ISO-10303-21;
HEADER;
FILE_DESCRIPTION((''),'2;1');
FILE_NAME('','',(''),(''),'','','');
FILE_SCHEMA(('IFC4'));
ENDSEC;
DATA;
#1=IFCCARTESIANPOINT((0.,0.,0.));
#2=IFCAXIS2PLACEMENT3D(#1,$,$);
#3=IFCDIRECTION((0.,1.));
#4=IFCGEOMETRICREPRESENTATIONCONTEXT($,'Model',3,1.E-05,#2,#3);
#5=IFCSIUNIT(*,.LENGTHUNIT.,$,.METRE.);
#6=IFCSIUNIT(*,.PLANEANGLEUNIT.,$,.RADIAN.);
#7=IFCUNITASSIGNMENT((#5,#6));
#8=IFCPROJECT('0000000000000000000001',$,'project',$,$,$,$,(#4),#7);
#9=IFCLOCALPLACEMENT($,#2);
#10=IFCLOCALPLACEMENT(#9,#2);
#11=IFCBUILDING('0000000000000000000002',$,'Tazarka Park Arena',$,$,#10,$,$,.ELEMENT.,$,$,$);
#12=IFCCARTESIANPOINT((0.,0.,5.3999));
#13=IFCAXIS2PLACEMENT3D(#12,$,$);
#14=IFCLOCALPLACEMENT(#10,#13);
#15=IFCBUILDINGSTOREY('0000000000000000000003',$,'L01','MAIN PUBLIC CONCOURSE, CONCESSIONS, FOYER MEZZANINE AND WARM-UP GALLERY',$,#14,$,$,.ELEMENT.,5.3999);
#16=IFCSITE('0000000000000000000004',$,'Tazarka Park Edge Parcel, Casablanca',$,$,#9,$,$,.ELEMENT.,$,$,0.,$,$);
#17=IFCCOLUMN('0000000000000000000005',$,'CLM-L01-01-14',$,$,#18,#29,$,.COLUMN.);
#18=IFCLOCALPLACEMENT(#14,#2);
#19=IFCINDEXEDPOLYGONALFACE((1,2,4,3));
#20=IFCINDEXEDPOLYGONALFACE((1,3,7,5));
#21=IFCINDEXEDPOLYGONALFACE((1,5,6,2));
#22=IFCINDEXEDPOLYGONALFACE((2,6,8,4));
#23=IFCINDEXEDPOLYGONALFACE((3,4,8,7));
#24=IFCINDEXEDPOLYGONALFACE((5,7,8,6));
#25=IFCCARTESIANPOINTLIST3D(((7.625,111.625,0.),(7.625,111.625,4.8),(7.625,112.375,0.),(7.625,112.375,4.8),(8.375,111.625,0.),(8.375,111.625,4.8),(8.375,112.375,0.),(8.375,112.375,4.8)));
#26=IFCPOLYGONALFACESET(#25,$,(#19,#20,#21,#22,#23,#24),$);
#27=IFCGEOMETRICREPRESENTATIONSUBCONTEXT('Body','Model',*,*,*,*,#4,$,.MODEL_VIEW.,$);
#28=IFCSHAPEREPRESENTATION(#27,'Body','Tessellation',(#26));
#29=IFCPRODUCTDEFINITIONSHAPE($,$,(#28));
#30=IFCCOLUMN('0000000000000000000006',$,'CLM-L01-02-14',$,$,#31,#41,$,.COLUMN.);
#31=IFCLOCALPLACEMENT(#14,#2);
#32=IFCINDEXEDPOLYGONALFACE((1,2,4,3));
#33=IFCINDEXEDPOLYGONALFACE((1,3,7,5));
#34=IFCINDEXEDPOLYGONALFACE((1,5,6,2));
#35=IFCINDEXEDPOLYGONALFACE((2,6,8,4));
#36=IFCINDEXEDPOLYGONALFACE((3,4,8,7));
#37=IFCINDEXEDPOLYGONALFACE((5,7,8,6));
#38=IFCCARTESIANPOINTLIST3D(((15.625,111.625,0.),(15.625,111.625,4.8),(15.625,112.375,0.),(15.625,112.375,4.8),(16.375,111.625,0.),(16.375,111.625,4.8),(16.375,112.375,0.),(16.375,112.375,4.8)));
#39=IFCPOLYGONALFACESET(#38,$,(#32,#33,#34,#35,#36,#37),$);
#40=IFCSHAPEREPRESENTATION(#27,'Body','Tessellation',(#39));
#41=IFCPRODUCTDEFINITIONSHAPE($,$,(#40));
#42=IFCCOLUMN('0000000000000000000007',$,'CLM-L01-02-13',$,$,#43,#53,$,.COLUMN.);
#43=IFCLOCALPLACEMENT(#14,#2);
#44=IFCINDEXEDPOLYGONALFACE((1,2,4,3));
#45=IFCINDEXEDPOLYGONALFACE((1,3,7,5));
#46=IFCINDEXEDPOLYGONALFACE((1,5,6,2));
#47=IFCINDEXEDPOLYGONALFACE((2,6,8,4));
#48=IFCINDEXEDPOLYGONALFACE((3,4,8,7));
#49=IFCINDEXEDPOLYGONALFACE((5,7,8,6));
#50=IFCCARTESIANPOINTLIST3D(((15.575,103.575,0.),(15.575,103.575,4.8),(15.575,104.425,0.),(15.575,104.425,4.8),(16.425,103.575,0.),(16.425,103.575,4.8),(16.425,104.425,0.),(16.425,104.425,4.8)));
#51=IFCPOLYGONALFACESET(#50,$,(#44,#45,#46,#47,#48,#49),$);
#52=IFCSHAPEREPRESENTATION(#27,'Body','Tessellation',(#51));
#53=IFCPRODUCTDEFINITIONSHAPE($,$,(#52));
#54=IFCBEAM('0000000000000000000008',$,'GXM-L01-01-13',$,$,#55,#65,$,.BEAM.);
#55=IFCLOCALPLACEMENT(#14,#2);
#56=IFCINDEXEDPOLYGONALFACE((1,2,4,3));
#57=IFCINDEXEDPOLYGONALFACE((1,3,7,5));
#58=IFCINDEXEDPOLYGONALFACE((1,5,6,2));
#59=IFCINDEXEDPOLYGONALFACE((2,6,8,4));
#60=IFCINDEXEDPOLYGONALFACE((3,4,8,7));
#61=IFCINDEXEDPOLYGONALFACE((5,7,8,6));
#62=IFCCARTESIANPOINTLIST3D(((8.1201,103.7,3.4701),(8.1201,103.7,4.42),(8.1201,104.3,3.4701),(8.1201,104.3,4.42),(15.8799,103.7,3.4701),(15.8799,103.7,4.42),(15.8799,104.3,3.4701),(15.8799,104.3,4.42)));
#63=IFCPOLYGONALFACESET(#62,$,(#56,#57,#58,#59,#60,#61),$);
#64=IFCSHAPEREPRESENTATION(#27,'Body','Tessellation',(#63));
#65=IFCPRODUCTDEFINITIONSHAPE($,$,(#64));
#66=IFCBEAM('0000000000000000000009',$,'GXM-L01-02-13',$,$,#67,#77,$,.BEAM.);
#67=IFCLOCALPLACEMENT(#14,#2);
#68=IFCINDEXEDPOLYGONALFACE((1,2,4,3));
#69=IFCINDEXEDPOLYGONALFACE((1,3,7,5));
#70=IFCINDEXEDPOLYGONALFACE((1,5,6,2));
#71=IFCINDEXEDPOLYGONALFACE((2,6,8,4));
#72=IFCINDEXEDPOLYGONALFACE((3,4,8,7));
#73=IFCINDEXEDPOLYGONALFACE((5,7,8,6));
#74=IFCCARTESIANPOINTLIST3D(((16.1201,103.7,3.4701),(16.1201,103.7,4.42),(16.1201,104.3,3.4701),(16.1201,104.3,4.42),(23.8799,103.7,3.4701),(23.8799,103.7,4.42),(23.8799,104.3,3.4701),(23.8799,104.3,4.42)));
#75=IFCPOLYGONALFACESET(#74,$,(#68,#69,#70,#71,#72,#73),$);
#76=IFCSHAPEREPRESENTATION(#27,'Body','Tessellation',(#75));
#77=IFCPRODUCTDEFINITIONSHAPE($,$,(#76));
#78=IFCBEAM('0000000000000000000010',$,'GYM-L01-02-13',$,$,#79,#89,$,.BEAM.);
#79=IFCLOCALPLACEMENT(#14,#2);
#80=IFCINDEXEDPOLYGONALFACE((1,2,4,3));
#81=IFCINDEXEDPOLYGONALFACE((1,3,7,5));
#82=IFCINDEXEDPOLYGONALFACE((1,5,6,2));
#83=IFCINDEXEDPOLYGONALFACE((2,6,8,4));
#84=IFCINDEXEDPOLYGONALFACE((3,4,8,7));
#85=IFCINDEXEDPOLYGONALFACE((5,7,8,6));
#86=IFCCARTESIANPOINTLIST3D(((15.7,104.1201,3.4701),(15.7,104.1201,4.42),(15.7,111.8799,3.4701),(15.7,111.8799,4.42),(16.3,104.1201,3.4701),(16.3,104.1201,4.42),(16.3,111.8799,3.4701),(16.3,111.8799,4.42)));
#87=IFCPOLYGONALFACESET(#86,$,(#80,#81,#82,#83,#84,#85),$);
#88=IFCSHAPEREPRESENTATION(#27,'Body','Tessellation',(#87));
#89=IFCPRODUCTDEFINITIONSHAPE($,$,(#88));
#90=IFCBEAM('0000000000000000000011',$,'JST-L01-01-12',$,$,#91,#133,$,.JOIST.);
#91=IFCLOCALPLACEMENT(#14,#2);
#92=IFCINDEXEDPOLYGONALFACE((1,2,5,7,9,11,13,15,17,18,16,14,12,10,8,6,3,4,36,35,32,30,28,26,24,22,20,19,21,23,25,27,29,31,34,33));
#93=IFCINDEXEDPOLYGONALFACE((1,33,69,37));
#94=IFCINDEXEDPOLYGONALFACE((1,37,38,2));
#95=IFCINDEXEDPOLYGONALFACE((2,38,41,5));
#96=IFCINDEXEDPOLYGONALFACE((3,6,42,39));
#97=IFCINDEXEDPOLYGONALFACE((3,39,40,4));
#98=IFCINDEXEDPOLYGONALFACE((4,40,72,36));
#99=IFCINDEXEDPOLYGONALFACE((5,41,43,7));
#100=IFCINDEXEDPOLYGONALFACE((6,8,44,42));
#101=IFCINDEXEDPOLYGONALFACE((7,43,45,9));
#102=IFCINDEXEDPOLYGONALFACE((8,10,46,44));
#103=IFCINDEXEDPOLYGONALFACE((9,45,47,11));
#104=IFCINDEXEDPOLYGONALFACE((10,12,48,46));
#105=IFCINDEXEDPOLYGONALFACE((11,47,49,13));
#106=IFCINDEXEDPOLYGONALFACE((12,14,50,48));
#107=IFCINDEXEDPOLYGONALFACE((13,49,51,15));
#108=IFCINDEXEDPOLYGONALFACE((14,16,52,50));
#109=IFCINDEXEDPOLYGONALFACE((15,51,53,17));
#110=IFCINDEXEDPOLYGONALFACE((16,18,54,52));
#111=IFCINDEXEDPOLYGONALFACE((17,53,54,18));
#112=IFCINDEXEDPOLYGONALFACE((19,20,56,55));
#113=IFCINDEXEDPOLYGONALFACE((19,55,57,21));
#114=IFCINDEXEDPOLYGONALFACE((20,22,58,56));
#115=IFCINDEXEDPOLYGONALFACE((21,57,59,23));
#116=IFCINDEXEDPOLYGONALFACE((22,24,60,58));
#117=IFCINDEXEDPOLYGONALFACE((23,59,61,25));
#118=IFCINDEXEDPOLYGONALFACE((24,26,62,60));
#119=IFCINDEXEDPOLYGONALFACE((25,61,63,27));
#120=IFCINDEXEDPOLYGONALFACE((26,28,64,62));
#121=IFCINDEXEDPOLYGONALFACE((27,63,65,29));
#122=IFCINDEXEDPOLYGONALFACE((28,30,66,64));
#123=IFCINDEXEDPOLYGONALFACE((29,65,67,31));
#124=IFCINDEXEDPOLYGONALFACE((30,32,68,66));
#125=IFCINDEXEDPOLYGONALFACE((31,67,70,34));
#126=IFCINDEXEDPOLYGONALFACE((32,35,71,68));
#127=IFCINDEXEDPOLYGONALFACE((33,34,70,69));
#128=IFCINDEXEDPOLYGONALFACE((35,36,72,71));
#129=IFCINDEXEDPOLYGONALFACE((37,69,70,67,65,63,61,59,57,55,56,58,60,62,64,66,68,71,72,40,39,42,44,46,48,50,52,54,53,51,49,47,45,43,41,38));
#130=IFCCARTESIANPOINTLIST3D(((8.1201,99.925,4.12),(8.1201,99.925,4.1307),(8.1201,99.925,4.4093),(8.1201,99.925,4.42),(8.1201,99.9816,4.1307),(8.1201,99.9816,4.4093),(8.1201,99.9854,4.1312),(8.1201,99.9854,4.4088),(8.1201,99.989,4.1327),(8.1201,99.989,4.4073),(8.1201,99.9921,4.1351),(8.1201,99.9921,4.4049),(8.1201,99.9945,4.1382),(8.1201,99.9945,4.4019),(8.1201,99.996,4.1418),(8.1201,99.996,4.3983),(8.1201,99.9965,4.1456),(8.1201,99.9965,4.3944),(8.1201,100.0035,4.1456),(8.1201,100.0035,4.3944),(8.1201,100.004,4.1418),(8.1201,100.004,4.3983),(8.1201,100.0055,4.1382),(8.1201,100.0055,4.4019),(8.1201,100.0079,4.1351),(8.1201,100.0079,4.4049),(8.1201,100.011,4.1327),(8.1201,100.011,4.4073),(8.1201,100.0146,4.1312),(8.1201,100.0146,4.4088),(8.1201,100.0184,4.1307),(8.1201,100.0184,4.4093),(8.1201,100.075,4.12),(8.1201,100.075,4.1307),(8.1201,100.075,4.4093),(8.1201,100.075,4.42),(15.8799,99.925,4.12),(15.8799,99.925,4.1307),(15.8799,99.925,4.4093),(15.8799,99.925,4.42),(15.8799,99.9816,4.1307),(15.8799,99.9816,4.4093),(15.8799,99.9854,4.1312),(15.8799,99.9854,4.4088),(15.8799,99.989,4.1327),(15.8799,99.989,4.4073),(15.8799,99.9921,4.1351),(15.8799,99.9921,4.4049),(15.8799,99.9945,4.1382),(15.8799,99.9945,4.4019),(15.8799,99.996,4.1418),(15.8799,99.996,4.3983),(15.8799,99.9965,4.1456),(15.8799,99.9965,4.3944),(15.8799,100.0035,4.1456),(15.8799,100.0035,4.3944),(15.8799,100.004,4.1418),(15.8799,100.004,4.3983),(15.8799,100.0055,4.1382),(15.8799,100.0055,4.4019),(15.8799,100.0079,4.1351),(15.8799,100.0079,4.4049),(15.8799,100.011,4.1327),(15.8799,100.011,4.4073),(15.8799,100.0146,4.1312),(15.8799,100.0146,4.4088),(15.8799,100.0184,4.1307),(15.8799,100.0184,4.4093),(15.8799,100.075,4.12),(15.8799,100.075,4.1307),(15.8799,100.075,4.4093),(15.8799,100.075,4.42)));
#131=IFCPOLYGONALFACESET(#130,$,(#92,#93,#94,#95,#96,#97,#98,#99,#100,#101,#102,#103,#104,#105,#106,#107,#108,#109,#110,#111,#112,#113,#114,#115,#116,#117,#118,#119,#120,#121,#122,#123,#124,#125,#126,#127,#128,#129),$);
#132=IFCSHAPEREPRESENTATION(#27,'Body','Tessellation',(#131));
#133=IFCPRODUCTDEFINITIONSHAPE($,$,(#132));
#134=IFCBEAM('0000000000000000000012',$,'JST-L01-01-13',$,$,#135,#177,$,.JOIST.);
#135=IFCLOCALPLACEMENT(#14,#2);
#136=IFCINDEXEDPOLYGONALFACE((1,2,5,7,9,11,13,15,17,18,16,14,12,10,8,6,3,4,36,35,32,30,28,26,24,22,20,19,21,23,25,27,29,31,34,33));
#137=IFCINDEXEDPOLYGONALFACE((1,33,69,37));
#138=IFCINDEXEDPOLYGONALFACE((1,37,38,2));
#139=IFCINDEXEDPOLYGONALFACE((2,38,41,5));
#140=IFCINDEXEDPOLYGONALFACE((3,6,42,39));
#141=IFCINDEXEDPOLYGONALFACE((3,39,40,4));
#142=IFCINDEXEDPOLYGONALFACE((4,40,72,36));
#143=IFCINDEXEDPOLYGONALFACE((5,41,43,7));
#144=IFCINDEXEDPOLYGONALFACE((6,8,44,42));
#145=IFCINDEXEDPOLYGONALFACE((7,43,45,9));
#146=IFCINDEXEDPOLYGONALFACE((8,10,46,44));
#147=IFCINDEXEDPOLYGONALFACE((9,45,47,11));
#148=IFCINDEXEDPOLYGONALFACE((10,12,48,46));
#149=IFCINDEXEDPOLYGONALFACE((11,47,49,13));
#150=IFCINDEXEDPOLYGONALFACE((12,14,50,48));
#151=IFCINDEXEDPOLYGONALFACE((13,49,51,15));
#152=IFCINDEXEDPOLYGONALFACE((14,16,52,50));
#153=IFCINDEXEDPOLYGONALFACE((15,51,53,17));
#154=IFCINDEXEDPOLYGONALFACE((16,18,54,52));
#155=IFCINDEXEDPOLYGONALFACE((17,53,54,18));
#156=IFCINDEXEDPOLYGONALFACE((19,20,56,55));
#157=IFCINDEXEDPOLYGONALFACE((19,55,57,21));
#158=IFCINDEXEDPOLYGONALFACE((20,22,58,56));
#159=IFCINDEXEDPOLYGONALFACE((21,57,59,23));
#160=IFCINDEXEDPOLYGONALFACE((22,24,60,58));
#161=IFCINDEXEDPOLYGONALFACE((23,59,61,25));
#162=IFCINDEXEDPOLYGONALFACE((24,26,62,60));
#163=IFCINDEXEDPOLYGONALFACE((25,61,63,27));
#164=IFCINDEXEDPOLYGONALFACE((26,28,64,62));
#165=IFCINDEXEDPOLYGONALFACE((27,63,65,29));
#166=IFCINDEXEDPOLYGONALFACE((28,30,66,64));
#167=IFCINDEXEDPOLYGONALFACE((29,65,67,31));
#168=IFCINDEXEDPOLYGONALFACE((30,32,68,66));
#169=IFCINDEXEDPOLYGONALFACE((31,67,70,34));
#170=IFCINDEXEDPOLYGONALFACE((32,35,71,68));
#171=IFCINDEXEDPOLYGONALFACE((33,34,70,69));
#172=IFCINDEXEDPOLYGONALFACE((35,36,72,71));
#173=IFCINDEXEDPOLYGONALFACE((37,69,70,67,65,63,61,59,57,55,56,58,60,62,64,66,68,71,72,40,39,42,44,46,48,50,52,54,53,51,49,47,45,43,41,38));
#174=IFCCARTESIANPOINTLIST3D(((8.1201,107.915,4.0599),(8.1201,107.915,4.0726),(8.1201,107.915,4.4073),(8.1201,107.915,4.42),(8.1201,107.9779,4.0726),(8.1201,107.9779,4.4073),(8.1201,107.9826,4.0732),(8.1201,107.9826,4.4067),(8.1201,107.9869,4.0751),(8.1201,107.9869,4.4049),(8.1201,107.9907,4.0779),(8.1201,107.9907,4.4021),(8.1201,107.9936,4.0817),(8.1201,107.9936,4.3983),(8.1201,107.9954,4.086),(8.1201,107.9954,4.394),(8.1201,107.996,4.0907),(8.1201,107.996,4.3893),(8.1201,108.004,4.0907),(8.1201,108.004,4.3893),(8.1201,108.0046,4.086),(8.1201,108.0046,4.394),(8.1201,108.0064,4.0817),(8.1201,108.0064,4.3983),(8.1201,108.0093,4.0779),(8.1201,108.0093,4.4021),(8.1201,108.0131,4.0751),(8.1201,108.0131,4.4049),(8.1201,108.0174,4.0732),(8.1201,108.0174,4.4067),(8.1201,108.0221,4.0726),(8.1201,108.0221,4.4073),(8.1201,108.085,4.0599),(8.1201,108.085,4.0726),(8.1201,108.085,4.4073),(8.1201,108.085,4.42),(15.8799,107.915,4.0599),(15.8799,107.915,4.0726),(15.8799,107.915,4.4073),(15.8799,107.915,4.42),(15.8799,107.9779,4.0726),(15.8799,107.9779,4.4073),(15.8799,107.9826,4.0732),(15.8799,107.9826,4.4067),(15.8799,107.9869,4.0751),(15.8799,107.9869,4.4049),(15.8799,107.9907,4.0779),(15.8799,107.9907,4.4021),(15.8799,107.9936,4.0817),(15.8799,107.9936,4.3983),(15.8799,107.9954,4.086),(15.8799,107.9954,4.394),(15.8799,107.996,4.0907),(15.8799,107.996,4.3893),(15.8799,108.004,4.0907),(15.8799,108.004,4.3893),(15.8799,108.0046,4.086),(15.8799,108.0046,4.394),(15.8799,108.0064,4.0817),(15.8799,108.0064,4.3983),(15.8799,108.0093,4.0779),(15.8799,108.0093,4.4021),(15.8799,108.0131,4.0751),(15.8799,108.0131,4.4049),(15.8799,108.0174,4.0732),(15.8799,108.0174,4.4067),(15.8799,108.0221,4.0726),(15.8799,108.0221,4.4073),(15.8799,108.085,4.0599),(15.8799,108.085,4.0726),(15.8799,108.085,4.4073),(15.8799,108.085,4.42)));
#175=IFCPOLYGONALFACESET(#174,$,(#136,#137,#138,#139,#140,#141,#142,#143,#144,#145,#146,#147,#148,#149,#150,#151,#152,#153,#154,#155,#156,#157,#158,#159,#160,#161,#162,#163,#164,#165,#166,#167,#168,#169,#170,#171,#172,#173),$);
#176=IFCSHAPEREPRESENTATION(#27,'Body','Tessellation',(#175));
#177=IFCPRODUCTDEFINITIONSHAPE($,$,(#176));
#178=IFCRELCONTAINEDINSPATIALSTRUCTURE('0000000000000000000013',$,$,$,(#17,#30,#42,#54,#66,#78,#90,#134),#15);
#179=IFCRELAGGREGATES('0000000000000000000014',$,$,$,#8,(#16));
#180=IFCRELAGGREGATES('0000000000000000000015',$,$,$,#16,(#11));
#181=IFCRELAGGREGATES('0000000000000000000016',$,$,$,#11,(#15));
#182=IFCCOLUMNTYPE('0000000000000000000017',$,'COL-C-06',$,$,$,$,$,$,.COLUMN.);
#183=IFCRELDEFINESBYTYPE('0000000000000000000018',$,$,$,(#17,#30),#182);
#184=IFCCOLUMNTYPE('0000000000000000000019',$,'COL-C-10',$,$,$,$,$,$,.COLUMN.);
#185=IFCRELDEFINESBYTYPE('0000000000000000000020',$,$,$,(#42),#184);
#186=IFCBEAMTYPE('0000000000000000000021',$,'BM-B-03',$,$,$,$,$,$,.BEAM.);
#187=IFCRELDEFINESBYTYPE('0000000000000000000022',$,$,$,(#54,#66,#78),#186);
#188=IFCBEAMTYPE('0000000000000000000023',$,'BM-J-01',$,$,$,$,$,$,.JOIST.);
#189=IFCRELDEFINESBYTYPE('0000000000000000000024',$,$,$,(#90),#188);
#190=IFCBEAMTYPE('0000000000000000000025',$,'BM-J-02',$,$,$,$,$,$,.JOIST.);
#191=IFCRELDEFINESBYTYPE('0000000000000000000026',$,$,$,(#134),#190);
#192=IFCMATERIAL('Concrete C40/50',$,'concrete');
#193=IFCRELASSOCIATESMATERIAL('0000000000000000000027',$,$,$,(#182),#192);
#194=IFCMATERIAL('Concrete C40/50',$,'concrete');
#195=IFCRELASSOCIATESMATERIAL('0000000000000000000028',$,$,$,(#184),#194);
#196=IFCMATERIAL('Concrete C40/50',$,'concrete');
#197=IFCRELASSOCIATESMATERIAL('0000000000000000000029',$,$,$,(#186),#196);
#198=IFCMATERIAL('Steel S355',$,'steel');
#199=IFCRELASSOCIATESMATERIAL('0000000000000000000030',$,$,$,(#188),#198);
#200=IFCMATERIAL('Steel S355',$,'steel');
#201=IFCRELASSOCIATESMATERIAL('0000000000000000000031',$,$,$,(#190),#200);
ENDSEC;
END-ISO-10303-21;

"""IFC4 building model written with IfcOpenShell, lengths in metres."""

from ifc_helpers import new_model, si_unit, direction, frame, origin, origin_2d, place, context, subcontext, project, spatial, rectangle, i_section, extrude, material, material_profile, profile_set, type_object, element, save


model = new_model("IFC4")

# Units and contexts
model_context = context("Model", 3, precision=1e-05, world=origin(), true_north=direction((0.0, 1.0)))
body_context = subcontext(model_context, "Body", "Model", "MODEL_VIEW")
ifc_project = project(units=[si_unit("LENGTHUNIT", "METRE"), si_unit("PLANEANGLEUNIT", "RADIAN")], contexts=[model_context])

# Site, building, storey
site_placement = place(None, origin())
site = spatial("IfcSite", under=ifc_project, at=site_placement, Name="Tazarka Park Edge Parcel, Casablanca", CompositionType="ELEMENT", RefElevation=0.0)
building_placement = place(site_placement, origin())
building = spatial("IfcBuilding", under=site, at=building_placement, Name="Tazarka Park Arena", CompositionType="ELEMENT")
storey_placement = place(building_placement, frame((0.0, 0.0, 5.3999)))
storey = spatial("IfcBuildingStorey", under=building, at=storey_placement, Name="L01", Description="MAIN PUBLIC CONCOURSE, CONCESSIONS, FOYER MEZZANINE AND WARM-UP GALLERY", CompositionType="ELEMENT", Elevation=5.3999)

# Columns
ifc_material_1 = material(Name="Concrete C40/50", Category="concrete")
ifc_material_profile_1 = material_profile(ifc_material_1, rectangle(XDim=0.75, YDim=0.75, at=origin_2d()), Name="Concrete C40/50")
ifc_profile_set_1 = profile_set([ifc_material_profile_1], Name="Concrete C40/50")
column_type_1 = type_object("IfcColumnType", Name="COL-C-06", PredefinedType="COLUMN", material=ifc_profile_set_1)
for number, where, z_axis, x_axis, name in (
    (1, (8.0, 112.0, 0.0), (0.0, 0.0, 1.0), (1.0, 0.0, 0.0), "CLM-L01-01-14"),
    (2, (16.0, 112.0, 0.0), (0.0, 0.0, 1.0), (1.0, 0.0, 0.0), "CLM-L01-02-14"),
):
    element("IfcColumn", number, at=place(storey_placement, frame(where, z_axis=z_axis, x_axis=x_axis)), inside=storey, type_object=column_type_1, Name=name, PredefinedType="COLUMN", context=body_context, shape_type="SweptSolid", body=[
        extrude(rectangle(XDim=0.75, YDim=0.75, at=origin_2d()), origin(), (0.0, 0.0, 1.0), 4.8),
    ])
ifc_material_2 = material(Name="Concrete C40/50", Category="concrete")
ifc_material_profile_2 = material_profile(ifc_material_2, rectangle(XDim=0.8501, YDim=0.8501, at=origin_2d()), Name="Concrete C40/50")
ifc_profile_set_2 = profile_set([ifc_material_profile_2], Name="Concrete C40/50")
column_type_2 = type_object("IfcColumnType", Name="COL-C-10", PredefinedType="COLUMN", material=ifc_profile_set_2)
column_placement = place(storey_placement, frame((16.0, 104.0, 0.0), z_axis=(0.0, 0.0, 1.0), x_axis=(1.0, 0.0, 0.0)))
element("IfcColumn", 3, at=column_placement, inside=storey, type_object=column_type_2, Name="CLM-L01-02-13", PredefinedType="COLUMN", context=body_context, shape_type="SweptSolid", body=[
    extrude(rectangle(XDim=0.8501, YDim=0.8501, at=origin_2d()), origin(), (0.0, 0.0, 1.0), 4.8),
])

# Beams
ifc_material_3 = material(Name="Concrete C40/50", Category="concrete")
ifc_material_profile_3 = material_profile(ifc_material_3, rectangle(XDim=0.6001, YDim=0.95, at=origin_2d()), Name="Concrete C40/50")
ifc_profile_set_3 = profile_set([ifc_material_profile_3], Name="Concrete C40/50")
beam_type_1 = type_object("IfcBeamType", Name="BM-B-03", PredefinedType="BEAM", material=ifc_profile_set_3)
for number, where, z_axis, x_axis, name in (
    (4, (8.1201, 104.0, 3.9451), (1.0, 0.0, 0.0), (0.0, 1.0, 0.0), "GXM-L01-01-13"),
    (5, (16.1201, 104.0, 3.9451), (1.0, 0.0, 0.0), (0.0, 1.0, 0.0), "GXM-L01-02-13"),
    (6, (16.0, 104.1201, 3.9451), (0.0, 1.0, 0.0), (-1.0, 0.0, 0.0), "GYM-L01-02-13"),
):
    element("IfcBeam", number, at=place(storey_placement, frame(where, z_axis=z_axis, x_axis=x_axis)), inside=storey, type_object=beam_type_1, Name=name, PredefinedType="BEAM", context=body_context, shape_type="SweptSolid", body=[
        extrude(rectangle(XDim=0.6001, YDim=0.95, at=origin_2d()), origin(), (0.0, 0.0, 1.0), 7.7598),
    ])
ifc_material_4 = material(Name="Steel S355", Category="steel")
ifc_material_profile_4 = material_profile(ifc_material_4, i_section(OverallWidth=0.1499, OverallDepth=0.3, WebThickness=0.0071, FlangeThickness=0.0107, FilletRadius=0.0149, at=origin_2d()), Name="Steel S355")
ifc_profile_set_4 = profile_set([ifc_material_profile_4], Name="Steel S355")
beam_type_2 = type_object("IfcBeamType", Name="BM-J-01", PredefinedType="JOIST", material=ifc_profile_set_4)
beam_1_placement = place(storey_placement, frame((8.1201, 100.0, 4.27), z_axis=(1.0, 0.0, 0.0), x_axis=(0.0, 1.0, 0.0)))
element("IfcBeam", 7, at=beam_1_placement, inside=storey, type_object=beam_type_2, Name="JST-L01-01-12", PredefinedType="JOIST", context=body_context, shape_type="SweptSolid", body=[
    extrude(i_section(OverallWidth=0.1499, OverallDepth=0.3, WebThickness=0.0071, FlangeThickness=0.0107, FilletRadius=0.0149, at=origin_2d()), origin(), (0.0, 0.0, 1.0), 7.7598),
])
ifc_material_5 = material(Name="Steel S355", Category="steel")
ifc_material_profile_5 = material_profile(ifc_material_5, i_section(OverallWidth=0.1699, OverallDepth=0.3601, WebThickness=0.0081, FlangeThickness=0.0127, FilletRadius=0.0181, at=origin_2d()), Name="Steel S355")
ifc_profile_set_5 = profile_set([ifc_material_profile_5], Name="Steel S355")
beam_type_3 = type_object("IfcBeamType", Name="BM-J-02", PredefinedType="JOIST", material=ifc_profile_set_5)
for number, where, z_axis, x_axis, name in (
    (8, (8.1201, 108.0, 4.24), (1.0, 0.0, 0.0), (0.0, 1.0, 0.0), "JST-L01-01-13"),
):
    element("IfcBeam", number, at=place(storey_placement, frame(where, z_axis=z_axis, x_axis=x_axis)), inside=storey, type_object=beam_type_3, Name=name, PredefinedType="JOIST", context=body_context, shape_type="SweptSolid", body=[
        extrude(i_section(OverallWidth=0.1699, OverallDepth=0.3601, WebThickness=0.0081, FlangeThickness=0.0127, FilletRadius=0.0181, at=origin_2d()), origin(), (0.0, 0.0, 1.0), 7.7598),
    ])

save(model, "model.ifc")
